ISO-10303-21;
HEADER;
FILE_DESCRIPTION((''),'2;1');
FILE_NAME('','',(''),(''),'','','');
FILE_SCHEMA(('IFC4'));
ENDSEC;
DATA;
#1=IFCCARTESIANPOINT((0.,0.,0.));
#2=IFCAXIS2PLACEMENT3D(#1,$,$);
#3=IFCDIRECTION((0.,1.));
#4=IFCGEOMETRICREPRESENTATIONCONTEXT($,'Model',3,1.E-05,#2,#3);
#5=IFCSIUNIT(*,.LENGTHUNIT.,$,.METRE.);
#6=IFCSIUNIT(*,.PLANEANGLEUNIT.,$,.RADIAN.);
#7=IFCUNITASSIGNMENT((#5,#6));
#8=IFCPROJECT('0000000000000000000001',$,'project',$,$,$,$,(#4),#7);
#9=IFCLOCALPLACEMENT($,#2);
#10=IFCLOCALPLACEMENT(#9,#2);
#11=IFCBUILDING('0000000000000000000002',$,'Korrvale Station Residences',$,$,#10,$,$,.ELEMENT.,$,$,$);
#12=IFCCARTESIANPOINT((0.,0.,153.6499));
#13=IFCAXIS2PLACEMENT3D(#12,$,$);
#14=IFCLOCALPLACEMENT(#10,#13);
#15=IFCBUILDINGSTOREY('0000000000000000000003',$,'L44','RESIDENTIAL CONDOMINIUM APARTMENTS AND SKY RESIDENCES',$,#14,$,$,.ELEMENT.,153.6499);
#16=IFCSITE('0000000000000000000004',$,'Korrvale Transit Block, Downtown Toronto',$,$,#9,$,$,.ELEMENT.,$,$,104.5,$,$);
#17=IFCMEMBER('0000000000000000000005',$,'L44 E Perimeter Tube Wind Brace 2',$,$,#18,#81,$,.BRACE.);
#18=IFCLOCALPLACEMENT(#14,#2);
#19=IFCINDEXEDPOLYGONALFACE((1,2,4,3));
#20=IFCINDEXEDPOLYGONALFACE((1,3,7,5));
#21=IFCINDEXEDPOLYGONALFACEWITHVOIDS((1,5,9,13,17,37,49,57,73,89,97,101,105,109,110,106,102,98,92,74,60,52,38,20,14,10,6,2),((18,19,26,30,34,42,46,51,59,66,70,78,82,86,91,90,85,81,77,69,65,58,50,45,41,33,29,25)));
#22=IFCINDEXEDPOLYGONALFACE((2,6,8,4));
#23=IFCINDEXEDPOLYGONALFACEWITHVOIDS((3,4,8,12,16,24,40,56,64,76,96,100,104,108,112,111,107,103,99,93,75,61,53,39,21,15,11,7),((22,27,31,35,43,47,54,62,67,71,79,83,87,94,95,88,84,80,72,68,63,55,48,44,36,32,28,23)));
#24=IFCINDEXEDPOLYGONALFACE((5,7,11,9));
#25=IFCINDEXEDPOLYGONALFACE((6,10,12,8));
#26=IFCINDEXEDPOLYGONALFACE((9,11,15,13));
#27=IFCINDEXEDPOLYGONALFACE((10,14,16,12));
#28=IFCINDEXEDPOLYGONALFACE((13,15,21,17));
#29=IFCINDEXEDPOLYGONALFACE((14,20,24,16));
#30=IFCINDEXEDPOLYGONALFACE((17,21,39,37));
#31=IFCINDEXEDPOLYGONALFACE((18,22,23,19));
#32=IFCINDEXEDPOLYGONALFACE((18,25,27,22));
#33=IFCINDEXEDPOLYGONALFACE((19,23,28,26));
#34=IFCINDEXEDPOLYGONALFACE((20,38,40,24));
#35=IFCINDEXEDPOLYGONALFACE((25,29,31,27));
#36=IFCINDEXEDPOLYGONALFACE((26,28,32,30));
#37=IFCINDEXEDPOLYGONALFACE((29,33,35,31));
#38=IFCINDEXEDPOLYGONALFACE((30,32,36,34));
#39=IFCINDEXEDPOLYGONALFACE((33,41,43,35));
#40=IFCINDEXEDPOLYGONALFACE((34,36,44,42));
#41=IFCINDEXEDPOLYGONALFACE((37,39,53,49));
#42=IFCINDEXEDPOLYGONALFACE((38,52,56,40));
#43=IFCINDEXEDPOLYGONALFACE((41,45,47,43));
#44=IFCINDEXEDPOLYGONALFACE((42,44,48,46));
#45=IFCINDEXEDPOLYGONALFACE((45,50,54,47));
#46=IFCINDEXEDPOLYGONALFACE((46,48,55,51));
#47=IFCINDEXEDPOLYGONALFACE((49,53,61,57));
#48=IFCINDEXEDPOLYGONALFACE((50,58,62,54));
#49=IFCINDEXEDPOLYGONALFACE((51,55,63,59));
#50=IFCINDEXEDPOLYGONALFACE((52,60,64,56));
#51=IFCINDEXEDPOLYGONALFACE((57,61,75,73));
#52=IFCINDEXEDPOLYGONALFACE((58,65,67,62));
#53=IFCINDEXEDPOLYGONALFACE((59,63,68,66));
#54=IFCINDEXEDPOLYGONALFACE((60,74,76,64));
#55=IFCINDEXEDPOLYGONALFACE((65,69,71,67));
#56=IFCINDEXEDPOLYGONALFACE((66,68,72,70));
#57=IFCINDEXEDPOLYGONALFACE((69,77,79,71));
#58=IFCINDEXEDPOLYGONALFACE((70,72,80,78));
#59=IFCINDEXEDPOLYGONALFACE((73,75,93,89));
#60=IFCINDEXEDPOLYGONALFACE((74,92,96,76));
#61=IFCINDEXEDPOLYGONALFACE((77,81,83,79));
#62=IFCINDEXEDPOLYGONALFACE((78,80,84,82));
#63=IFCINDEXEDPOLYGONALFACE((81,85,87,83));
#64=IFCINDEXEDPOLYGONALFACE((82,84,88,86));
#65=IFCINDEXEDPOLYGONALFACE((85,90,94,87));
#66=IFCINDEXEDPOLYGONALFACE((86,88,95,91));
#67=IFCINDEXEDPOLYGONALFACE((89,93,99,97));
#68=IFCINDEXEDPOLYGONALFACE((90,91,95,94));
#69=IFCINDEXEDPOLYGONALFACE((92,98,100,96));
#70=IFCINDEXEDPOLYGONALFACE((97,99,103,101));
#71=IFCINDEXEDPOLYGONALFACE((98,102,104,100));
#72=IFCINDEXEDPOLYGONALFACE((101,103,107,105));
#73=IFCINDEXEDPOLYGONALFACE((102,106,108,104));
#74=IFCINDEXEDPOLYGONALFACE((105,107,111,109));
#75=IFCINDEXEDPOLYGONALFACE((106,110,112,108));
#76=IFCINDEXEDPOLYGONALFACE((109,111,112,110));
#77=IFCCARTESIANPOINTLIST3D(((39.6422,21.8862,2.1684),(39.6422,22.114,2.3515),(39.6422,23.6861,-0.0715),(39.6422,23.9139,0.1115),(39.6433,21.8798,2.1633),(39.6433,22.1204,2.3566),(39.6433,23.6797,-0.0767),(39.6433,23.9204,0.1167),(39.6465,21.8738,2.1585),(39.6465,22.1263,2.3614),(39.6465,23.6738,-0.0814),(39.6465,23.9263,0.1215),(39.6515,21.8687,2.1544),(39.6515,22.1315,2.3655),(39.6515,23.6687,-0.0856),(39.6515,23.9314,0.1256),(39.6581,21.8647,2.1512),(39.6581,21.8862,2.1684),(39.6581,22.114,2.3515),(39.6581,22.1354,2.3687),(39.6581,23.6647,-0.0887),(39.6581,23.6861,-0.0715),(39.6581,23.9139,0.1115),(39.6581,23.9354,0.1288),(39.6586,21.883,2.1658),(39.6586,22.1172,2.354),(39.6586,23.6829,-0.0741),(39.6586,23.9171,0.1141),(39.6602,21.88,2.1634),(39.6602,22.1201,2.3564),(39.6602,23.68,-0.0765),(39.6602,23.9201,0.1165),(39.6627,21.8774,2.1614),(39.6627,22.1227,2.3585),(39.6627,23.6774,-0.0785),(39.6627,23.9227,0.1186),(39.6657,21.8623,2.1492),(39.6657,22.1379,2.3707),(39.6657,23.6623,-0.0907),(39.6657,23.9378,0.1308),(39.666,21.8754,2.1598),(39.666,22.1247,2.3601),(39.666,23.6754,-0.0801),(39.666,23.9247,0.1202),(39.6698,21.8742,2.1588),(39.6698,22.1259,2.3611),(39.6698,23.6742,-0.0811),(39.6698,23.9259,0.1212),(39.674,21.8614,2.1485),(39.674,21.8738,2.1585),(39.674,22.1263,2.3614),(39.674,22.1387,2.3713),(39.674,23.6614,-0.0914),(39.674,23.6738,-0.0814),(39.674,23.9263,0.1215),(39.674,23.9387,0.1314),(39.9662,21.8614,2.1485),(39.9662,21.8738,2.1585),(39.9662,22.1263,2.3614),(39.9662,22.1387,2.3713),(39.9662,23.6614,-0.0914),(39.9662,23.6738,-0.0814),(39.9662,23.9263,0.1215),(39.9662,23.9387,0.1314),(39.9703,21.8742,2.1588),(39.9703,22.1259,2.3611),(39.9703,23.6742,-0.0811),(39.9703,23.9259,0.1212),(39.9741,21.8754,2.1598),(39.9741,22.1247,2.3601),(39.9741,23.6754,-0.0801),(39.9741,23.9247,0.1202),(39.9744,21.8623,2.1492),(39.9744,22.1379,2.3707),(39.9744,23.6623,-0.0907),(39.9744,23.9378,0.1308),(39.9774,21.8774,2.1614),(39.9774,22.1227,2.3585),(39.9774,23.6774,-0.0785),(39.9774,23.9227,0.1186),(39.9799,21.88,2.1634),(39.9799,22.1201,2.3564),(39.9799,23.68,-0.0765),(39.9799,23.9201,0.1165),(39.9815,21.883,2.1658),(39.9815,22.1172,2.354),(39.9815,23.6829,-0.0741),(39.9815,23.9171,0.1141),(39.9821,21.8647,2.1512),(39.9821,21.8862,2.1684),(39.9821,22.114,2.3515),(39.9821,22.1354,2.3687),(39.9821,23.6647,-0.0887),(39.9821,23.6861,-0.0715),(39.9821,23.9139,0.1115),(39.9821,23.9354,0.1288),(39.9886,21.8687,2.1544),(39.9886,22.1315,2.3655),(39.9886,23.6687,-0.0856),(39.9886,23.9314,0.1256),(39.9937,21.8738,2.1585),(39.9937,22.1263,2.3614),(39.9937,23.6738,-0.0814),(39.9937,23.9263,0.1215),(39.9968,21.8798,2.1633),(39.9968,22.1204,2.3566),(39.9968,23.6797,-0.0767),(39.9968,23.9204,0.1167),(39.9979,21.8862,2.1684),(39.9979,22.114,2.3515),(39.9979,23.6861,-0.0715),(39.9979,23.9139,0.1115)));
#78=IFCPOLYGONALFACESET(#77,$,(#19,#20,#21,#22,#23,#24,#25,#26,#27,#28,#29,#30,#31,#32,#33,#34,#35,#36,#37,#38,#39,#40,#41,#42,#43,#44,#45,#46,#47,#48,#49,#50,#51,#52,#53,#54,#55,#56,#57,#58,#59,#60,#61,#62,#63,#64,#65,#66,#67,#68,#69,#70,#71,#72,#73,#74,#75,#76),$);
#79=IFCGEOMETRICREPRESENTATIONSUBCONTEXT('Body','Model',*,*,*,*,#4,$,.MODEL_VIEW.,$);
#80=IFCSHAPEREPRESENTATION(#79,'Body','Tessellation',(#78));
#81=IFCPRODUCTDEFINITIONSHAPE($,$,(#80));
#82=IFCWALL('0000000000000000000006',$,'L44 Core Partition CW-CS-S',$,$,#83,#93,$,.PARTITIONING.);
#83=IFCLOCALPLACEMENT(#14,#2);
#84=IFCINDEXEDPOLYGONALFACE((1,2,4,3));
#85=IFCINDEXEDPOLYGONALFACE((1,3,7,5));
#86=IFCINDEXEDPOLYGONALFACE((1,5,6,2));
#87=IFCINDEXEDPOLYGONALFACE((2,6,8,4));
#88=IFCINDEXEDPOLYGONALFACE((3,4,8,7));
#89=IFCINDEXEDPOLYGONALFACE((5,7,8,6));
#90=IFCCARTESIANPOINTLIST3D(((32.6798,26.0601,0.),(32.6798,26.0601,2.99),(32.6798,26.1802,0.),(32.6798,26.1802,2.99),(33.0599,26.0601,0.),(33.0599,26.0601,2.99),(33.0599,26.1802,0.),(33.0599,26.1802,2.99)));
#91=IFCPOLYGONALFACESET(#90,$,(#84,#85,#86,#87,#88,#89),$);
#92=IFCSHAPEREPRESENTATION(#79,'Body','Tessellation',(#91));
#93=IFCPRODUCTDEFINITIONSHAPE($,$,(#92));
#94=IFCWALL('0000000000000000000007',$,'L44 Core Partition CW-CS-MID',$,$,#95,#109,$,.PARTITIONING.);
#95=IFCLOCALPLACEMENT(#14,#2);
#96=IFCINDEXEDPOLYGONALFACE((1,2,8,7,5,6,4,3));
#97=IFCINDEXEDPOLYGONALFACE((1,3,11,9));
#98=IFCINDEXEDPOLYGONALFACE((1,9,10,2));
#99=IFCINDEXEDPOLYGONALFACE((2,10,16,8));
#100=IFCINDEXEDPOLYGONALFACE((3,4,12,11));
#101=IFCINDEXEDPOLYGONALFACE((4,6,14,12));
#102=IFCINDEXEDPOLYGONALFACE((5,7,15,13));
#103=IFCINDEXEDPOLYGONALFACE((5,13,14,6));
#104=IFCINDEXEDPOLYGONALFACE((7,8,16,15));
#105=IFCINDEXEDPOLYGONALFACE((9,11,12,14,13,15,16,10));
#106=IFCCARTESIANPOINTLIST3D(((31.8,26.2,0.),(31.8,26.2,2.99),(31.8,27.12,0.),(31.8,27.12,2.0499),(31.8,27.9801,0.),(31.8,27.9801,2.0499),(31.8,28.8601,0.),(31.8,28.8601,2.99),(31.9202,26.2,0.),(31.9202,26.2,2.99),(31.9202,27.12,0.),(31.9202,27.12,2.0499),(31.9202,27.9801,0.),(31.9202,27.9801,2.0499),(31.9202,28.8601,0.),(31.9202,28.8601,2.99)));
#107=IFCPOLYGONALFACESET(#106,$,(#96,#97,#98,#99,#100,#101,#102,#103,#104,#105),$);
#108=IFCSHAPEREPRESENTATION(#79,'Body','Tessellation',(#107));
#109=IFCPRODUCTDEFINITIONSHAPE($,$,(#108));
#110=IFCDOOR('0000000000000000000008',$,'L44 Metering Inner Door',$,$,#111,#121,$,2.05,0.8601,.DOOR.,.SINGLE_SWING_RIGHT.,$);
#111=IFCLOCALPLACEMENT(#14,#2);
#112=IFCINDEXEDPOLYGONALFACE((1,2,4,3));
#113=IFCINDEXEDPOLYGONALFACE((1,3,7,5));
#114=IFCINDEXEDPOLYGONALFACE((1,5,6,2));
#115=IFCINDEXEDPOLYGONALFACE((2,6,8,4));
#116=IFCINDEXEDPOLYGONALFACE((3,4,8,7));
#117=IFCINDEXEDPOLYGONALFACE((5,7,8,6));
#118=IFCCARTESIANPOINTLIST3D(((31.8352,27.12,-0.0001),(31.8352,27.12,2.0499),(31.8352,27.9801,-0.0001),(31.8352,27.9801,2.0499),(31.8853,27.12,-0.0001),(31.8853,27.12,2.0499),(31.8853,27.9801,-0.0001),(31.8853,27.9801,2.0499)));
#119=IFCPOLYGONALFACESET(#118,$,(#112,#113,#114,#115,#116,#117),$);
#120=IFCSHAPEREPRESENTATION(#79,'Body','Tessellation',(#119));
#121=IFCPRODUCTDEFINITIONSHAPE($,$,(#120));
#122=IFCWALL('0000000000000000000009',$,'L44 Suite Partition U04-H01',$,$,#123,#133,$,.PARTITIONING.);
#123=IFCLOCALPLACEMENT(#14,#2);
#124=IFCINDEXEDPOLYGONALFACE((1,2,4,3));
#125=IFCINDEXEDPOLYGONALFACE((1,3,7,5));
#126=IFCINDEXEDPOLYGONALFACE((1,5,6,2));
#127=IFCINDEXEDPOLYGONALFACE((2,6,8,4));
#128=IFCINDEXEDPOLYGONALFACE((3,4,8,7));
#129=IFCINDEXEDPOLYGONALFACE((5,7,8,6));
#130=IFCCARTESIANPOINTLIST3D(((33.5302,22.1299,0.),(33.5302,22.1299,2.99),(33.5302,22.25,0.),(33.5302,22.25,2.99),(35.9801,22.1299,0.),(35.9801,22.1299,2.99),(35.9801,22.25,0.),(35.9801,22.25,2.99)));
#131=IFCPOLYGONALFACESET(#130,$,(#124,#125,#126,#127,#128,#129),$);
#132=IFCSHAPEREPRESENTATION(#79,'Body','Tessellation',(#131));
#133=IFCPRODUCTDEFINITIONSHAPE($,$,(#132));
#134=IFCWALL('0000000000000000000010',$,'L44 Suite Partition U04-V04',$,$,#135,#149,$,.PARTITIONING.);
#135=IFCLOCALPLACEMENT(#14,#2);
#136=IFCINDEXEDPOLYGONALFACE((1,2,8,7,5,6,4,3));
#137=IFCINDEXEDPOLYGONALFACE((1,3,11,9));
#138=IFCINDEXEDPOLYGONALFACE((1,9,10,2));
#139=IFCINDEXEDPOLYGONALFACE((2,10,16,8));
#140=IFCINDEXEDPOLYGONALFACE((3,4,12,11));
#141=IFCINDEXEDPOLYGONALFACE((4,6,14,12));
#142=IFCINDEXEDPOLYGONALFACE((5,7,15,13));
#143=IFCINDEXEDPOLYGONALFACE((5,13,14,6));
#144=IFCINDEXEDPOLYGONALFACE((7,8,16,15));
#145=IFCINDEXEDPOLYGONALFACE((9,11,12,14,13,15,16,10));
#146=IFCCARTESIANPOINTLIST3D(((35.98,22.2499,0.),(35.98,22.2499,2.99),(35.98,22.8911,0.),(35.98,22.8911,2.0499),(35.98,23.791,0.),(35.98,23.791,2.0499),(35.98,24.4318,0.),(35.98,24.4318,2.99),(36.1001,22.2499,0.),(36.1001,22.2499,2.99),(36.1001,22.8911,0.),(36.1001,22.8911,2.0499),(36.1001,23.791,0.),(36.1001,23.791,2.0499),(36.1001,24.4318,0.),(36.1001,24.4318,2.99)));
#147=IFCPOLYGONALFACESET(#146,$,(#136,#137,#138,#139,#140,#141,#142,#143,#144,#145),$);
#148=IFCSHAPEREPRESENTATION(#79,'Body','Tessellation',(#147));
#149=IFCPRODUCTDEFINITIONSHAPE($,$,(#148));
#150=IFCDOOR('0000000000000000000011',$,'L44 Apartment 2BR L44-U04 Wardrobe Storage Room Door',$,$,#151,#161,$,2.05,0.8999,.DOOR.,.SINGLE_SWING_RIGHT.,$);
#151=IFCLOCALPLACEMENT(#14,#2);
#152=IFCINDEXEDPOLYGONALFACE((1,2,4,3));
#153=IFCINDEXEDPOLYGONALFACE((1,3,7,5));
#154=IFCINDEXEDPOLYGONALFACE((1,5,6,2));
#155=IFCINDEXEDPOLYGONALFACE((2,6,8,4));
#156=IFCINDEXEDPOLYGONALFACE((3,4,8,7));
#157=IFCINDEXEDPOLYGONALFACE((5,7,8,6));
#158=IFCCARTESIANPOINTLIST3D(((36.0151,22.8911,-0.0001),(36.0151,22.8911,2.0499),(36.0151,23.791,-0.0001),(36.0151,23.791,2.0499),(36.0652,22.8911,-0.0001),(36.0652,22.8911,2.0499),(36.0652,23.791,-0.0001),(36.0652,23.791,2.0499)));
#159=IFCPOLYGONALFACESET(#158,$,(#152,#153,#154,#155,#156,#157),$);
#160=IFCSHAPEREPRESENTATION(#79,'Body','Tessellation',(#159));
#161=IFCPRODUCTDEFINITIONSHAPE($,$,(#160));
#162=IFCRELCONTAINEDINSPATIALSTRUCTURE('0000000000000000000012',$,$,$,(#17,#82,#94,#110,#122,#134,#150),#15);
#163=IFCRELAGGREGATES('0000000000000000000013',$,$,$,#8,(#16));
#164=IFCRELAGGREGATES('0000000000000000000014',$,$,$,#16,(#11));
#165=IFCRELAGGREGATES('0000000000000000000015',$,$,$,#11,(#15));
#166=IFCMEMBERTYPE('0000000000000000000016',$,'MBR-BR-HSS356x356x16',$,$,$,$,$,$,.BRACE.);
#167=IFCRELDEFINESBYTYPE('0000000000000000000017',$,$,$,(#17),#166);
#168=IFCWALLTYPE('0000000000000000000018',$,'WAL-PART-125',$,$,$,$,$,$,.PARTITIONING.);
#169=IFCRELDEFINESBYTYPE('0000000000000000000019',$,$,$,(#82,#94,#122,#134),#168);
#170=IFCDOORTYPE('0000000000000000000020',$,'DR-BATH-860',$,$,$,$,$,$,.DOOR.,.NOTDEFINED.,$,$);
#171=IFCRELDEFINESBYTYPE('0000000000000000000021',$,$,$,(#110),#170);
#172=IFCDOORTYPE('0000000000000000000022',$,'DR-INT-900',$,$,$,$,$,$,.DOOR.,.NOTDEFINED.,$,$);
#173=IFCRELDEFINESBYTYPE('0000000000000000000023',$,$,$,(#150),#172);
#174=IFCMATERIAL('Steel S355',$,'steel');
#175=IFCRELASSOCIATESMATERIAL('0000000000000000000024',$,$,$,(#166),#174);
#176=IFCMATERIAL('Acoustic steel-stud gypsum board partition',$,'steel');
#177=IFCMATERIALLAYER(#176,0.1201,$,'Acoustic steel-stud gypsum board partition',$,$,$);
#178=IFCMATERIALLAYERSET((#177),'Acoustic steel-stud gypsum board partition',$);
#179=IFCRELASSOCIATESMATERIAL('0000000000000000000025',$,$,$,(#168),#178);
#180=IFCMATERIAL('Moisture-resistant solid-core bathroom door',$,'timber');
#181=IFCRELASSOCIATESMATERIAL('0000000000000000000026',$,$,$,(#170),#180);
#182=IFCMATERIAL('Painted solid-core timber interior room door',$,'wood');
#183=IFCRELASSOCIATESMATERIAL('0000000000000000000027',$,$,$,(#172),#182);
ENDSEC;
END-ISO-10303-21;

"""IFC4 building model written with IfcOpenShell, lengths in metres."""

from ifc_helpers import new_model, si_unit, direction, frame, frame_2d, origin, origin_2d, place, context, subcontext, project, spatial, rectangle, hollow_rectangle, extrude, material, layer, layer_set, material_profile, profile_set, type_object, element, fill, save


model = new_model("IFC4")

# Units and contexts
model_context = context("Model", 3, precision=1e-05, world=origin(), true_north=direction((0.0, 1.0)))
body_context = subcontext(model_context, "Body", "Model", "MODEL_VIEW")
ifc_project = project(units=[si_unit("LENGTHUNIT", "METRE"), si_unit("PLANEANGLEUNIT", "RADIAN")], contexts=[model_context])

# Site, building, storey
site_placement = place(None, origin())
site = spatial("IfcSite", under=ifc_project, at=site_placement, Name="Korrvale Transit Block, Downtown Toronto", CompositionType="ELEMENT", RefElevation=104.5)
building_placement = place(site_placement, origin())
building = spatial("IfcBuilding", under=site, at=building_placement, Name="Korrvale Station Residences", CompositionType="ELEMENT")
storey_placement = place(building_placement, frame((0.0, 0.0, 153.6499)))
storey = spatial("IfcBuildingStorey", under=building, at=storey_placement, Name="L44", Description="RESIDENTIAL CONDOMINIUM APARTMENTS AND SKY RESIDENCES", CompositionType="ELEMENT", Elevation=153.6499)

# Shared definitions
ifc_material_1 = material(Name="Steel S355", Category="steel")

# Member
ifc_material_profile_1 = material_profile(ifc_material_1, hollow_rectangle(XDim=0.3557, YDim=0.3557, WallThickness=0.0159, InnerFilletRadius=0.0159, OuterFilletRadius=0.0317, at=origin_2d()), Name="HSS356x356x16")
ifc_profile_set_1 = profile_set([ifc_material_profile_1], Name="Steel S355")
member_type = type_object("IfcMemberType", Name="MBR-BR-HSS356x356x16", PredefinedType="BRACE", material=ifc_profile_set_1)
member_placement = place(storey_placement, frame((39.8201, 23.8, 0.02), z_axis=(0.0, -0.626403, 0.779499), x_axis=(1.0, 0.0, 0.0)))
element("IfcMember", 1, at=member_placement, inside=storey, type_object=member_type, Name="L44 E Perimeter Tube Wind Brace 2", PredefinedType="BRACE", context=body_context, shape_type="SweptSolid", body=[
    extrude(hollow_rectangle(XDim=0.3557, YDim=0.3557, WallThickness=0.0159, InnerFilletRadius=0.0159, OuterFilletRadius=0.0317, at=origin_2d()), origin(), (0.0, 0.0, 1.0), 2.8735),
])

# Wall
ifc_material_2 = material(Name="Acoustic steel-stud gypsum board partition", Category="steel")
ifc_layer_1 = layer(ifc_material_2, 0.1201, Name="Acoustic steel-stud gypsum board partition")
ifc_layer_set_1 = layer_set([ifc_layer_1], Name="Acoustic steel-stud gypsum board partition")
wall_type_1 = type_object("IfcWallType", Name="WAL-PART-125", PredefinedType="PARTITIONING", material=ifc_layer_set_1)
wall_1_placement = place(storey_placement, frame((32.6799, 26.1201, 0.0), z_axis=(0.0, 0.0, 1.0), x_axis=(1.0, 0.0, 0.0)))
element("IfcWall", 2, at=wall_1_placement, inside=storey, type_object=wall_type_1, Name="L44 Core Partition CW-CS-S", PredefinedType="PARTITIONING", context=body_context, shape_type="SweptSolid", body=[
    extrude(rectangle(XDim=0.3801, YDim=0.1201, at=frame_2d((0.1899, 0.0))), origin(), (0.0, 0.0, 1.0), 2.99),
])

# Wall, opening, door
wall_2_placement = place(storey_placement, frame((31.8601, 26.2, 0.0), z_axis=(0.0, 0.0, 1.0), x_axis=(0.0, 1.0, 0.0)))
wall_2 = element("IfcWall", 3, at=wall_2_placement, inside=storey, type_object=wall_type_1, Name="L44 Core Partition CW-CS-MID", PredefinedType="PARTITIONING", context=body_context, shape_type="SweptSolid", body=[
    extrude(rectangle(XDim=2.6602, YDim=0.1201, at=frame_2d((1.3301, 0.0))), origin(), (0.0, 0.0, 1.0), 2.99),
])
opening_1_placement = place(wall_2_placement, frame((0.9199, 0.0, 0.0)))
opening_1 = element("IfcOpeningElement", 4, at=opening_1_placement, cuts=wall_2, PredefinedType="OPENING", context=body_context, shape_type="SweptSolid", body=[
    extrude(rectangle(XDim=0.8601, YDim=2.05, at=frame_2d((0.4302, 1.0249))), frame((0.0, 0.0701, 0.0), z_axis=(0.0, -1.0, 0.0), x_axis=(1.0, 0.0, 0.0)), (0.0, 0.0, 1.0), 0.1401),
])
ifc_material_3 = material(Name="Moisture-resistant solid-core bathroom door", Category="timber")
door_type_1 = type_object("IfcDoorType", Name="DR-BATH-860", OperationType="NOTDEFINED", PredefinedType="DOOR", material=ifc_material_3)
door_1_placement = place(opening_1_placement, origin())
door_1 = element("IfcDoor", 5, at=door_1_placement, inside=storey, type_object=door_type_1, Name="L44 Metering Inner Door", OperationType="SINGLE_SWING_RIGHT", OverallHeight=2.05, OverallWidth=0.8601, PredefinedType="DOOR", context=body_context, shape_type="SweptSolid", body=[
    extrude(rectangle(XDim=0.8601, YDim=2.05, at=frame_2d((0.4302, 1.0249))), frame((0.0, 0.0249, 0.0), z_axis=(0.0, -1.0, 0.0), x_axis=(1.0, 0.0, 0.0)), (0.0, 0.0, 1.0), 0.05),
])
fill(opening_1, door_1)

# Wall
wall_3_placement = place(storey_placement, frame((33.53, 22.1899, 0.0), z_axis=(0.0, 0.0, 1.0), x_axis=(1.0, 0.0, 0.0)))
element("IfcWall", 6, at=wall_3_placement, inside=storey, type_object=wall_type_1, Name="L44 Suite Partition U04-H01", PredefinedType="PARTITIONING", context=body_context, shape_type="SweptSolid", body=[
    extrude(rectangle(XDim=2.45, YDim=0.1201, at=frame_2d((1.2251, 0.0))), origin(), (0.0, 0.0, 1.0), 2.99),
])

# Wall, opening, door
wall_4_placement = place(storey_placement, frame((36.04, 22.25, 0.0), z_axis=(0.0, 0.0, 1.0), x_axis=(0.0, 1.0, 0.0)))
wall_4 = element("IfcWall", 7, at=wall_4_placement, inside=storey, type_object=wall_type_1, Name="L44 Suite Partition U04-V04", PredefinedType="PARTITIONING", context=body_context, shape_type="SweptSolid", body=[
    extrude(rectangle(XDim=2.1819, YDim=0.1201, at=frame_2d((1.0908, 0.0))), origin(), (0.0, 0.0, 1.0), 2.99),
])
opening_2_placement = place(wall_4_placement, frame((0.6411, 0.0, 0.0)))
opening_2 = element("IfcOpeningElement", 8, at=opening_2_placement, cuts=wall_4, PredefinedType="OPENING", context=body_context, shape_type="SweptSolid", body=[
    extrude(rectangle(XDim=0.8999, YDim=2.05, at=frame_2d((0.45, 1.0249))), frame((0.0, 0.0701, 0.0), z_axis=(0.0, -1.0, 0.0), x_axis=(1.0, 0.0, 0.0)), (0.0, 0.0, 1.0), 0.1401),
])
ifc_material_4 = material(Name="Painted solid-core timber interior room door", Category="wood")
door_type_2 = type_object("IfcDoorType", Name="DR-INT-900", OperationType="NOTDEFINED", PredefinedType="DOOR", material=ifc_material_4)
door_2_placement = place(opening_2_placement, origin())
door_2 = element("IfcDoor", 9, at=door_2_placement, inside=storey, type_object=door_type_2, Name="L44 Apartment 2BR L44-U04 Wardrobe Storage Room Door", OperationType="SINGLE_SWING_RIGHT", OverallHeight=2.05, OverallWidth=0.8999, PredefinedType="DOOR", context=body_context, shape_type="SweptSolid", body=[
    extrude(rectangle(XDim=0.8999, YDim=2.05, at=frame_2d((0.45, 1.0249))), frame((0.0, 0.0249, 0.0), z_axis=(0.0, -1.0, 0.0), x_axis=(1.0, 0.0, 0.0)), (0.0, 0.0, 1.0), 0.05),
])
fill(opening_2, door_2)

save(model, "model.ifc")
